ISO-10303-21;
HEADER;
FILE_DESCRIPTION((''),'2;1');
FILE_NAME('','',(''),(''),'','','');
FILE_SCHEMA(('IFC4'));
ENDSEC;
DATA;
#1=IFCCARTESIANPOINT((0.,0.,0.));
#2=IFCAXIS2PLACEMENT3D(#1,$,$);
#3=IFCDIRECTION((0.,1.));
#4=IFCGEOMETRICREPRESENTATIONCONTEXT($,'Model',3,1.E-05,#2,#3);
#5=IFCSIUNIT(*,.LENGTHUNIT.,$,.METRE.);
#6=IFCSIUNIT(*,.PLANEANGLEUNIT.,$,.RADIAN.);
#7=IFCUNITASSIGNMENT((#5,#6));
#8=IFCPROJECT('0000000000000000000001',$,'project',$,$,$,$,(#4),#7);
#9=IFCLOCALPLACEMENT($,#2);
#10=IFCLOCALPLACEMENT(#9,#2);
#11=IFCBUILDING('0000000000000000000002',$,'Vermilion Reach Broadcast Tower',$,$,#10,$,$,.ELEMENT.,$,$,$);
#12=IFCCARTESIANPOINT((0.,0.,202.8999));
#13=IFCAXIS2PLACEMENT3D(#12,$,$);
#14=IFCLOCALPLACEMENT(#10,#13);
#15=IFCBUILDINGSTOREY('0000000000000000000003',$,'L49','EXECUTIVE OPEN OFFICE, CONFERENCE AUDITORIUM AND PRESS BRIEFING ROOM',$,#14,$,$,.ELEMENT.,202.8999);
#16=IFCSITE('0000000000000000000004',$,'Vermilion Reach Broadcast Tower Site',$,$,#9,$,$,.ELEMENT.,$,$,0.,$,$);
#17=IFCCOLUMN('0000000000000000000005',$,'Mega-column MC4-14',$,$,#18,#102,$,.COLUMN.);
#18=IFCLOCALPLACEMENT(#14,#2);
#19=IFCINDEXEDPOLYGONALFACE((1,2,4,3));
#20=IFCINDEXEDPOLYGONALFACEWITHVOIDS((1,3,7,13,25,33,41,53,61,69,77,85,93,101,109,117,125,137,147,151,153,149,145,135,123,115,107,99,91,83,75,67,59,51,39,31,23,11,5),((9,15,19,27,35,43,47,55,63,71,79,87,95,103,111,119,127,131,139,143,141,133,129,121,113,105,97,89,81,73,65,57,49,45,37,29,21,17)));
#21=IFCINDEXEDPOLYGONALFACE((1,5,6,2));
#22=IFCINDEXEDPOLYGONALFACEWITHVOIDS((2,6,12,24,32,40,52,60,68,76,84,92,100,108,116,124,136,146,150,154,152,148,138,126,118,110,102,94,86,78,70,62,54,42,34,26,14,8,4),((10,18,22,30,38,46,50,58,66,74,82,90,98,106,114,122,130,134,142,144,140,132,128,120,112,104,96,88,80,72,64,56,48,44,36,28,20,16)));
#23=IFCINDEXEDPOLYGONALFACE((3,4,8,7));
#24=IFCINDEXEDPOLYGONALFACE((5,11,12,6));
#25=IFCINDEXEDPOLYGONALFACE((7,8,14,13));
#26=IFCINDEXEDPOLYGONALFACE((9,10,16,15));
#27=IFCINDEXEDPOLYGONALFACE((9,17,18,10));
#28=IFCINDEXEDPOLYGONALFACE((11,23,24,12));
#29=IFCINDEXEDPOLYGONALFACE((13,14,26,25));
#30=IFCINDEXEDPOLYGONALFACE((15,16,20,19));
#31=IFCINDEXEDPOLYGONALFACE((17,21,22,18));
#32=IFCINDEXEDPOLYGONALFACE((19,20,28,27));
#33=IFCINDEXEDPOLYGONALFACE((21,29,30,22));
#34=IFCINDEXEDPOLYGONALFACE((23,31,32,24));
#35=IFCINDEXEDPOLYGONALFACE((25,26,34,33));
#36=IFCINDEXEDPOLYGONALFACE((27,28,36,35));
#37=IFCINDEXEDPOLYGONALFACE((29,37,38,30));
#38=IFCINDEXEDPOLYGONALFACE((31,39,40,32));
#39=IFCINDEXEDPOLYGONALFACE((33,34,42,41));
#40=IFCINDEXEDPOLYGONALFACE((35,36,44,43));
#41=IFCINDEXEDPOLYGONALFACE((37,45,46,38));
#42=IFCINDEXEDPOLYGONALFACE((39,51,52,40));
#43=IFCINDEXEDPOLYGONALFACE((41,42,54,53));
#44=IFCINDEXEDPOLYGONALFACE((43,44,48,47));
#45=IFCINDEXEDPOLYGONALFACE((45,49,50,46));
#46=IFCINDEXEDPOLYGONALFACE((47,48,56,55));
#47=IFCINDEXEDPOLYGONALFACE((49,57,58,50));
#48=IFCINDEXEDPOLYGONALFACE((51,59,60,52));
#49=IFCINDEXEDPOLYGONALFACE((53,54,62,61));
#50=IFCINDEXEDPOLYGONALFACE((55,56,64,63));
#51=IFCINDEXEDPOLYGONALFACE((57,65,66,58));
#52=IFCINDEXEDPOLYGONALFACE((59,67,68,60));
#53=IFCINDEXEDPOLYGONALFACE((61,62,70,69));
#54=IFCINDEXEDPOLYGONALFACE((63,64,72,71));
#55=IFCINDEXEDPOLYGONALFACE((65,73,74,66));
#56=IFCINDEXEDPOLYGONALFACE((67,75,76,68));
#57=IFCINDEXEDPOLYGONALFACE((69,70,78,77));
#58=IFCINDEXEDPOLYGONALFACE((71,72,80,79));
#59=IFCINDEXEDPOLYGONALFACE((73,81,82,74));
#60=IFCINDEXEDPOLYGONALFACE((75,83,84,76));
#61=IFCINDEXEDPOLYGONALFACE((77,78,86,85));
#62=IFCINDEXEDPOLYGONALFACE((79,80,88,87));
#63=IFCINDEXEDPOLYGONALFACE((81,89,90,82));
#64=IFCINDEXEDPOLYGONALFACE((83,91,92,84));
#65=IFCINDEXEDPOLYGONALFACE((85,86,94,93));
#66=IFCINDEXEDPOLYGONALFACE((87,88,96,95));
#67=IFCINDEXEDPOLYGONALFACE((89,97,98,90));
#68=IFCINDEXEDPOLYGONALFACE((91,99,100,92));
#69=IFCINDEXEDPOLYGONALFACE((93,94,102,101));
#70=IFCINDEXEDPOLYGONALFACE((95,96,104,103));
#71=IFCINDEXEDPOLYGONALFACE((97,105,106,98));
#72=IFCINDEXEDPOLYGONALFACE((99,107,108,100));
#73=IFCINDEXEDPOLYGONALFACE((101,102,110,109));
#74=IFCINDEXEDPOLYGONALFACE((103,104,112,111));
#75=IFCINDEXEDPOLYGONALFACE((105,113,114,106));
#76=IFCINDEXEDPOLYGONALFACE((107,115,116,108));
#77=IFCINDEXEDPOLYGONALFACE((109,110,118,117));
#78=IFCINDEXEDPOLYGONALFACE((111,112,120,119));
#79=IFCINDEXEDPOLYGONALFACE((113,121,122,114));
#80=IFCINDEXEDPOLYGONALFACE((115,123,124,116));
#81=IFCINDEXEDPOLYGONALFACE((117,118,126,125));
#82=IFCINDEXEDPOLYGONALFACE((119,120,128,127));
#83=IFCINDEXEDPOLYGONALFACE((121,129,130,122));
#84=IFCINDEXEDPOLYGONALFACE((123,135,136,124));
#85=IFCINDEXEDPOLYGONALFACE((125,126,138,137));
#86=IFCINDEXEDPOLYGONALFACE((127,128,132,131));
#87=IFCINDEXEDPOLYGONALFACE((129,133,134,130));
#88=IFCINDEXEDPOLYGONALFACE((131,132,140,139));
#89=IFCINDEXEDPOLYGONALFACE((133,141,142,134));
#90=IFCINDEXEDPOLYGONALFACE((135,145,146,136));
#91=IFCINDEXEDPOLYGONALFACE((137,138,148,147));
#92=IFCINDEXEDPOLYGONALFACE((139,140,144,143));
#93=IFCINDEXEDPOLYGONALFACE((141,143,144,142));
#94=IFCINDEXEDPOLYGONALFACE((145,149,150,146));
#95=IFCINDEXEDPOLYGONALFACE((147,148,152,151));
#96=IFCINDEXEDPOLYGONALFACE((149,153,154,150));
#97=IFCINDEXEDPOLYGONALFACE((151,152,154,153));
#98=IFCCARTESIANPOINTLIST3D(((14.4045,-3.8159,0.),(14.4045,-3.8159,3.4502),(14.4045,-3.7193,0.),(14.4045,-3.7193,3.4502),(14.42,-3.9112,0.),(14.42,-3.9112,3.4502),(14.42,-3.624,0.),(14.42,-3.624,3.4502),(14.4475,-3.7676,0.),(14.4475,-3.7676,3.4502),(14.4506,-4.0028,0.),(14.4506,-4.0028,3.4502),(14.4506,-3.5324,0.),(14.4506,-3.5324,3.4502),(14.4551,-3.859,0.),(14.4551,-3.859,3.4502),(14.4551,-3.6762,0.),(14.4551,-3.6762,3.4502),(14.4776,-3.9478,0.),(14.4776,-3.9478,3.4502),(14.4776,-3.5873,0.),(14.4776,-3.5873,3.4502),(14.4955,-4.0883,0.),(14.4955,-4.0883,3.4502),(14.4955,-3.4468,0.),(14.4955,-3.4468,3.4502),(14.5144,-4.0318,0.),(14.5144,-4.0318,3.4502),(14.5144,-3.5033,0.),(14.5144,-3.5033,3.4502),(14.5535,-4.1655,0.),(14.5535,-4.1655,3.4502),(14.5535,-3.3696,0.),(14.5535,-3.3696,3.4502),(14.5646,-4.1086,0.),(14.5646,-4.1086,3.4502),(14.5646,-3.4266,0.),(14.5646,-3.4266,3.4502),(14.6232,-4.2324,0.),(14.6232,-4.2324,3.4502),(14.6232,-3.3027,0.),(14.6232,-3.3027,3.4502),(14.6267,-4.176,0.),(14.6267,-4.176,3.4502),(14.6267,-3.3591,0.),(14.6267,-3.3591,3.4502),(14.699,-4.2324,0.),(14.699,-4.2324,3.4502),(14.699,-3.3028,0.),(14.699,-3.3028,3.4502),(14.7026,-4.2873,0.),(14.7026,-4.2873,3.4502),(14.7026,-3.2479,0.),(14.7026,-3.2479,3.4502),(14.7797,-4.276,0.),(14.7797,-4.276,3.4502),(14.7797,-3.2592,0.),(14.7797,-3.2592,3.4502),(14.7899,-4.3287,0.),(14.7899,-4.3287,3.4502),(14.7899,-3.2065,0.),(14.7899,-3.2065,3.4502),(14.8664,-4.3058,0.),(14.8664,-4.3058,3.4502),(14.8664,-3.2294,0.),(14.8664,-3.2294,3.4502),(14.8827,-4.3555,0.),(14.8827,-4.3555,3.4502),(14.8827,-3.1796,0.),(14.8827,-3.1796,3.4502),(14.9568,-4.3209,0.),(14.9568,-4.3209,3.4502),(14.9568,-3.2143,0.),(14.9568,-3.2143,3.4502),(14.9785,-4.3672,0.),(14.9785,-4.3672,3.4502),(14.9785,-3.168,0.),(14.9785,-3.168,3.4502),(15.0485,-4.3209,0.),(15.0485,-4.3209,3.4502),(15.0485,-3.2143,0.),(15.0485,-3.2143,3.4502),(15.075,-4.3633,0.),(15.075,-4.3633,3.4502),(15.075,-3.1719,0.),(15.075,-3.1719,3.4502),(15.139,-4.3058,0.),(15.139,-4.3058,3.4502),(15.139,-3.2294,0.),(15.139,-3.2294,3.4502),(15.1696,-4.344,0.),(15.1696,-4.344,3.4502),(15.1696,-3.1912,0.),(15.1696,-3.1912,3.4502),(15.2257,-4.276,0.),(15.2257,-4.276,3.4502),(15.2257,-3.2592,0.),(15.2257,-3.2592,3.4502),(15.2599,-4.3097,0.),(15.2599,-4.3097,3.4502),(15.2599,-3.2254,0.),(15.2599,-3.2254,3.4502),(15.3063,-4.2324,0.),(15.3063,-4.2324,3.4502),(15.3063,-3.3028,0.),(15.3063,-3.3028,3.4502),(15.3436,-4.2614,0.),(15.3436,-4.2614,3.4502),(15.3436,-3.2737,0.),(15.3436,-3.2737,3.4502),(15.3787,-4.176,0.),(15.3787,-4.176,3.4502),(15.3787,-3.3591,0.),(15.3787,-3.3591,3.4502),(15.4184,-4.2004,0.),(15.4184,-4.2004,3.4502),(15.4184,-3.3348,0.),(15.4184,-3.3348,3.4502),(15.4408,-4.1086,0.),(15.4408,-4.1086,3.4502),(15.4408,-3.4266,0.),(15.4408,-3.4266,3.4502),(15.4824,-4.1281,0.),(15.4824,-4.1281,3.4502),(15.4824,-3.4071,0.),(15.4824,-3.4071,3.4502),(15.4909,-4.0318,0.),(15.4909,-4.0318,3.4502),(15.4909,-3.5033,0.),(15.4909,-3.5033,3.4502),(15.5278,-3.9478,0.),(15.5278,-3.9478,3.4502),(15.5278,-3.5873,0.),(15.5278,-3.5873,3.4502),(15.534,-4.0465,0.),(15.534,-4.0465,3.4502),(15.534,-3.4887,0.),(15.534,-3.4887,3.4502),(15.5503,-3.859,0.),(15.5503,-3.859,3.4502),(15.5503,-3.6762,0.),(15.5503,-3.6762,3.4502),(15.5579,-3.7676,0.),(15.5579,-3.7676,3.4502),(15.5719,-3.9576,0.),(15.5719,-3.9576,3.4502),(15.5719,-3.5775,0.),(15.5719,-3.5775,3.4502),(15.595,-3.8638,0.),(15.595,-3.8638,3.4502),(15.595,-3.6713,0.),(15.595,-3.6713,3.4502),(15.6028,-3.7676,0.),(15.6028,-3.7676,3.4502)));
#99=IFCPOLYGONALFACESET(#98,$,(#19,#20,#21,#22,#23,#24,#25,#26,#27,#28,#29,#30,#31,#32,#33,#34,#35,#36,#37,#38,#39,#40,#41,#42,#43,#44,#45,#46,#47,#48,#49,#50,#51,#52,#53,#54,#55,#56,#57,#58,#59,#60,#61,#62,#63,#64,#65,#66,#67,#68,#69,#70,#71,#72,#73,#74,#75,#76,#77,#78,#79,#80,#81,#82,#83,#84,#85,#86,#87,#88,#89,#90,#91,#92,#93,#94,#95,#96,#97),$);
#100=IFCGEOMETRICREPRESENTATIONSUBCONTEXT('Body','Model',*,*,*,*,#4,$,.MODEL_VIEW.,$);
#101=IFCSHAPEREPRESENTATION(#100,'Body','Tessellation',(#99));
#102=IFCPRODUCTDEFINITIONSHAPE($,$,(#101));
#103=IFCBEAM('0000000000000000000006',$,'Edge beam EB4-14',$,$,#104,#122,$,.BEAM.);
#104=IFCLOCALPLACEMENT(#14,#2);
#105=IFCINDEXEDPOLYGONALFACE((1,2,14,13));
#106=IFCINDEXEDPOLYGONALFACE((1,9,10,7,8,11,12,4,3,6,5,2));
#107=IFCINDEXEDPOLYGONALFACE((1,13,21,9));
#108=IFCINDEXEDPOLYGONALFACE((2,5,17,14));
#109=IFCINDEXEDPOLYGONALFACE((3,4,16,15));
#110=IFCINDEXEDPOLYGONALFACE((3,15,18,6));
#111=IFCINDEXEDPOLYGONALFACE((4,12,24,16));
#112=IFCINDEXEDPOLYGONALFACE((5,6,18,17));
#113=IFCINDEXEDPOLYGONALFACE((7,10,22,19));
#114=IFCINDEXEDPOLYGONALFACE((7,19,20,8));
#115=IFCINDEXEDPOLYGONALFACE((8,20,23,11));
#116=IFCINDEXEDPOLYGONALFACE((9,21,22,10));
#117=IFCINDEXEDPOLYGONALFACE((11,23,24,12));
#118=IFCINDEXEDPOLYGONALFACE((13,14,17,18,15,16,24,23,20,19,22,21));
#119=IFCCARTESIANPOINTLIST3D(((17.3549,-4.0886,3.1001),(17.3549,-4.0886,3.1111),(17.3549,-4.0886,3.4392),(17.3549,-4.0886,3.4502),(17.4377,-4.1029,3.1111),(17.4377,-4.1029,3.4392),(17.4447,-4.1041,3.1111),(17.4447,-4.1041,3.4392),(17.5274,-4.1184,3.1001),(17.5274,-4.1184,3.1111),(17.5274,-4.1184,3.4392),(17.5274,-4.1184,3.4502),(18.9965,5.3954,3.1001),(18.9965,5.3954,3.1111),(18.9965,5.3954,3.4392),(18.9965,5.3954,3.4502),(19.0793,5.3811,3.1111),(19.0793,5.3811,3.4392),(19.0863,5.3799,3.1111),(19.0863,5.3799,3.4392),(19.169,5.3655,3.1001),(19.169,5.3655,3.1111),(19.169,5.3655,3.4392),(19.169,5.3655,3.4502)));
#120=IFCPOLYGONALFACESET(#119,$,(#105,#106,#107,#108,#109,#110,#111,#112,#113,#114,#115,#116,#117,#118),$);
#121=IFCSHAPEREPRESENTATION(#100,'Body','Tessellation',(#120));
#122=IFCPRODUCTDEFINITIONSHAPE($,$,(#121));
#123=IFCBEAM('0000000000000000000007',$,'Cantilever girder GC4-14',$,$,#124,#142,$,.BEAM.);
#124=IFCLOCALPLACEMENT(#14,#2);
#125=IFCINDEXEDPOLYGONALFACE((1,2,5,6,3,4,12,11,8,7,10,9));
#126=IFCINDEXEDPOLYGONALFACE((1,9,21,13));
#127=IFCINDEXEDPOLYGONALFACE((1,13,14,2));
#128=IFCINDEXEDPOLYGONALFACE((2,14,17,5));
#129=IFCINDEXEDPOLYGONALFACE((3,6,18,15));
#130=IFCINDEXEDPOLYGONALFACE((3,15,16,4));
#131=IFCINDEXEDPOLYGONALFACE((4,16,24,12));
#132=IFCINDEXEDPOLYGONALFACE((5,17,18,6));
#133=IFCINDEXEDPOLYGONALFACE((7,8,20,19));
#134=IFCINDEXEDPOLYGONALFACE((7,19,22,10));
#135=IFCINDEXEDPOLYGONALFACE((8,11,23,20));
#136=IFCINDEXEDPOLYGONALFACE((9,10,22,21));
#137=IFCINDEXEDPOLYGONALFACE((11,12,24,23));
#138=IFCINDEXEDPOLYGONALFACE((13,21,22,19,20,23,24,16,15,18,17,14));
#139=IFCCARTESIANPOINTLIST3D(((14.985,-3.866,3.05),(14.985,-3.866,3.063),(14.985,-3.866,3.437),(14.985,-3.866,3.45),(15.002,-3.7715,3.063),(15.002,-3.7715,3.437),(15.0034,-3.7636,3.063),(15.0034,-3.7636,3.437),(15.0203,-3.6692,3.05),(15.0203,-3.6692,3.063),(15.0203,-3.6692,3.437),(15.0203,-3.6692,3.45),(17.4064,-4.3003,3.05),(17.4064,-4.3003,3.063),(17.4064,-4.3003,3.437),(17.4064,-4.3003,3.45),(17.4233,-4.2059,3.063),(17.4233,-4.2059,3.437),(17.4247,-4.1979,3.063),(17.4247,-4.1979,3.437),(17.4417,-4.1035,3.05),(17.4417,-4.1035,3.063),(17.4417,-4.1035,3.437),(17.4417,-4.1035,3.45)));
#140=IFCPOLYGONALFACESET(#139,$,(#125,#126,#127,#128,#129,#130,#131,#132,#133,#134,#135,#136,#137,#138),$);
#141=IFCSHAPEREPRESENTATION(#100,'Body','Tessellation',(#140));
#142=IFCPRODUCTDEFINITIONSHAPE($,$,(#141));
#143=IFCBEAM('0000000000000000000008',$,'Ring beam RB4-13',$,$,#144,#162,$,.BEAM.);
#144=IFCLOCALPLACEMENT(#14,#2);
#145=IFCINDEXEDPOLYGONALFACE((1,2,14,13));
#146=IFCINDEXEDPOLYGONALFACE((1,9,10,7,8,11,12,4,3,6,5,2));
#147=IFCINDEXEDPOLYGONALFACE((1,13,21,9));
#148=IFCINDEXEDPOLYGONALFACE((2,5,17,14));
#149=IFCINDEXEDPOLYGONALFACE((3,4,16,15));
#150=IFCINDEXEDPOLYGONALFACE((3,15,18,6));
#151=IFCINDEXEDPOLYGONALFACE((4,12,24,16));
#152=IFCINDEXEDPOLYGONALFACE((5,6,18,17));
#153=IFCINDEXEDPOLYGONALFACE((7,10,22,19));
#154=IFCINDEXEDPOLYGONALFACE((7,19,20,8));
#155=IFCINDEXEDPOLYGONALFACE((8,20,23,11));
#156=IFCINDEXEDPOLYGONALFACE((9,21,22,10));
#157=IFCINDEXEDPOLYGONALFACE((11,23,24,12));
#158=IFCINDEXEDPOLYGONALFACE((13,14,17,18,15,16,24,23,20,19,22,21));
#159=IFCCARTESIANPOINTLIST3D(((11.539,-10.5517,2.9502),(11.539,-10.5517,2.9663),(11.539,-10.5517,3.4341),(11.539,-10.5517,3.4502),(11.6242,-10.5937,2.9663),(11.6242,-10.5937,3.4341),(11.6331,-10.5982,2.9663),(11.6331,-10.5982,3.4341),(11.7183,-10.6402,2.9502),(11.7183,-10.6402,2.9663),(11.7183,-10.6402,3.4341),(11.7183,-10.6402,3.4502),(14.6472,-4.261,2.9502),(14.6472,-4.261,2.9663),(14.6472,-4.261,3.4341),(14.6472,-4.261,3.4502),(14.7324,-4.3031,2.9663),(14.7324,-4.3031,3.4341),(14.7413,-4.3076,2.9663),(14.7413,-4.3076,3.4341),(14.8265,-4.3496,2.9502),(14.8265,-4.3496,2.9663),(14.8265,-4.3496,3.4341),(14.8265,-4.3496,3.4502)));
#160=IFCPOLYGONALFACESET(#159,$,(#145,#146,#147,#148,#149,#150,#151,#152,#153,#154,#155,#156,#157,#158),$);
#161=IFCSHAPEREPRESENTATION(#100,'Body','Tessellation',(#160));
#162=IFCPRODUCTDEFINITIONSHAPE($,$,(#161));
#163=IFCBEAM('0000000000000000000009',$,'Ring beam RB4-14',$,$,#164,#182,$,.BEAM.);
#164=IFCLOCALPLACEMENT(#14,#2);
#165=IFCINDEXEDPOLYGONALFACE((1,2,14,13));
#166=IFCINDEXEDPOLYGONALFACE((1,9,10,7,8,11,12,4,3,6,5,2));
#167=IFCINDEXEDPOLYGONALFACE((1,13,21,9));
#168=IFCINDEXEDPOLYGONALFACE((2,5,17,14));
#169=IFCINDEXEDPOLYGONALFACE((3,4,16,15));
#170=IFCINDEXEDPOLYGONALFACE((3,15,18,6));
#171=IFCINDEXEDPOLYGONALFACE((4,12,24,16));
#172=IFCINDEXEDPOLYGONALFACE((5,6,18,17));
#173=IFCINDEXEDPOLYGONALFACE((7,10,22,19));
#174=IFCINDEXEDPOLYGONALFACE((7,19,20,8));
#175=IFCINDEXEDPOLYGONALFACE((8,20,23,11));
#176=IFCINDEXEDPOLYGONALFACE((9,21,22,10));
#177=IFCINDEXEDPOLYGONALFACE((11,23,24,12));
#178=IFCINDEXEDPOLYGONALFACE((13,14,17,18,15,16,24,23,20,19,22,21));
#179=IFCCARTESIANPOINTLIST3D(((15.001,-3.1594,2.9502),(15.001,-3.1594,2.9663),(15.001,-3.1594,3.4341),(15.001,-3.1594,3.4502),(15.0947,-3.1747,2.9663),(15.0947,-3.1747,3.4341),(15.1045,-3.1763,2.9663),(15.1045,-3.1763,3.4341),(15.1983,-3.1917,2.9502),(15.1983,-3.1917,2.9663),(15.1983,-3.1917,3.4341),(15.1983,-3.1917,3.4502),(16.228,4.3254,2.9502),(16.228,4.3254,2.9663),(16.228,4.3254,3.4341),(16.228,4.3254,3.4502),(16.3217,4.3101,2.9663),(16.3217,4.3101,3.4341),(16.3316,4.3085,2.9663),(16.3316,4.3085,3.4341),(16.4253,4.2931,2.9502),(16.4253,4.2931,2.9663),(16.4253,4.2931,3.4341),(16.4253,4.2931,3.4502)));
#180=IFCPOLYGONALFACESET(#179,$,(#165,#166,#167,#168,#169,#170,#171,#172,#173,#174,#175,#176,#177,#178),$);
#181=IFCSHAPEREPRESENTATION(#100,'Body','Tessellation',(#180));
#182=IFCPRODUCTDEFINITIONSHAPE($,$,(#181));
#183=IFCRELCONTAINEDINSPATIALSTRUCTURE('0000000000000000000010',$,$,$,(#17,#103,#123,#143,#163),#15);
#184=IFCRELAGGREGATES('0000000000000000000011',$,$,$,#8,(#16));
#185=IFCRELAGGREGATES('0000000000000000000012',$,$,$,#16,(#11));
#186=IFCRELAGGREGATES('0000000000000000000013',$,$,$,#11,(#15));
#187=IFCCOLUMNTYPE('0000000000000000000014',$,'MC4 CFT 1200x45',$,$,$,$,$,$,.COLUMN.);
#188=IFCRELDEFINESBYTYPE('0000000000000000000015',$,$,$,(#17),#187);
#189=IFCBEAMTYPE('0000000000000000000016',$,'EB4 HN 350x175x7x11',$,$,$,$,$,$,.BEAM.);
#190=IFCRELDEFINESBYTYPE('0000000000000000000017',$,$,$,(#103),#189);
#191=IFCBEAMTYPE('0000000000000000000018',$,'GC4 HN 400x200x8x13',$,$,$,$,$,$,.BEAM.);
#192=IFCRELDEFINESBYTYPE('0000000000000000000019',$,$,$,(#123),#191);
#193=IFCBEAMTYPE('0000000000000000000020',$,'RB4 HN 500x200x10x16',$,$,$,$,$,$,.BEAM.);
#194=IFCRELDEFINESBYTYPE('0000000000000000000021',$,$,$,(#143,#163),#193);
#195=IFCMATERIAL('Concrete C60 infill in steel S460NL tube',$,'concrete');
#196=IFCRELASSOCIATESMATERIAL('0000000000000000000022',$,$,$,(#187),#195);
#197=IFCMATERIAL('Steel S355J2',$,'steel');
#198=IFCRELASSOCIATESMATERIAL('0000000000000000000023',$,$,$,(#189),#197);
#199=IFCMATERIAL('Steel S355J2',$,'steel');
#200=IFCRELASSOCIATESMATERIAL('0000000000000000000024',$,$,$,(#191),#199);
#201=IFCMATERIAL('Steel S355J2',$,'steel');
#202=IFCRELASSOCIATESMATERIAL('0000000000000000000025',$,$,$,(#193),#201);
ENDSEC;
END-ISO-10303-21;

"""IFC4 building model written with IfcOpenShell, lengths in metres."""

from ifc_helpers import new_model, si_unit, direction, frame, origin, origin_2d, place, context, subcontext, project, spatial, hollow_circle, i_section, extrude, material, material_profile, profile_set, type_object, element, save


model = new_model("IFC4")

# Units and contexts
model_context = context("Model", 3, precision=1e-05, world=origin(), true_north=direction((0.0, 1.0)))
body_context = subcontext(model_context, "Body", "Model", "MODEL_VIEW")
ifc_project = project(units=[si_unit("LENGTHUNIT", "METRE"), si_unit("PLANEANGLEUNIT", "RADIAN")], contexts=[model_context])

# Site, building, storey
site_placement = place(None, origin())
site = spatial("IfcSite", under=ifc_project, at=site_placement, Name="Vermilion Reach Broadcast Tower Site", CompositionType="ELEMENT", RefElevation=0.0)
building_placement = place(site_placement, origin())
building = spatial("IfcBuilding", under=site, at=building_placement, Name="Vermilion Reach Broadcast Tower", CompositionType="ELEMENT")
storey_placement = place(building_placement, frame((0.0, 0.0, 202.8999)))
storey = spatial("IfcBuildingStorey", under=building, at=storey_placement, Name="L49", Description="EXECUTIVE OPEN OFFICE, CONFERENCE AUDITORIUM AND PRESS BRIEFING ROOM", CompositionType="ELEMENT", Elevation=202.8999)

# Column
ifc_material_1 = material(Name="Concrete C60 infill in steel S460NL tube", Category="concrete")
ifc_material_profile_1 = material_profile(ifc_material_1, hollow_circle(Radius=0.6001, WallThickness=0.0449, at=origin_2d()), Name="Concrete C60 infill in steel S460NL tube CFT 1200x45")
ifc_profile_set_1 = profile_set([ifc_material_profile_1], Name="Concrete C60 infill in steel S460NL tube")
column_type = type_object("IfcColumnType", Name="MC4 CFT 1200x45", PredefinedType="COLUMN", material=ifc_profile_set_1)
column_placement = place(storey_placement, frame((15.0027, -3.7676, 0.0), z_axis=(0.0, 0.0, 1.0), x_axis=(1.0, 0.0, 0.0)))
element("IfcColumn", 1, at=column_placement, inside=storey, type_object=column_type, Name="Mega-column MC4-14", PredefinedType="COLUMN", context=body_context, shape_type="SweptSolid", body=[
    extrude(hollow_circle(Radius=0.6001, WallThickness=0.0449, at=origin_2d()), origin(), (0.0, 0.0, 1.0), 3.4502),
])

# Beams
ifc_material_2 = material(Name="Steel S355J2", Category="steel")
ifc_material_profile_2 = material_profile(ifc_material_2, i_section(OverallWidth=0.175, OverallDepth=0.3501, WebThickness=0.0071, FlangeThickness=0.011, at=origin_2d()), Name="S355J2 HN 350x175x7x11")
ifc_profile_set_2 = profile_set([ifc_material_profile_2], Name="Steel S355J2")
beam_type_1 = type_object("IfcBeamType", Name="EB4 HN 350x175x7x11", PredefinedType="BEAM", material=ifc_profile_set_2)
beam_1_placement = place(storey_placement, frame((17.4412, -4.1035, 3.2751), z_axis=(0.170558, 0.985348, 0.0), x_axis=(-0.985348, 0.170558, 0.0)))
element("IfcBeam", 2, at=beam_1_placement, inside=storey, type_object=beam_type_1, Name="Edge beam EB4-14", PredefinedType="BEAM", context=body_context, shape_type="SweptSolid", body=[
    extrude(i_section(OverallWidth=0.175, OverallDepth=0.3501, WebThickness=0.0071, FlangeThickness=0.011, at=origin_2d()), origin(), (0.0, 0.0, 1.0), 9.625),
])
ifc_material_3 = material(Name="Steel S355J2", Category="steel")
ifc_material_profile_3 = material_profile(ifc_material_3, i_section(OverallWidth=0.2, OverallDepth=0.3999, WebThickness=0.0081, FlangeThickness=0.0129, at=origin_2d()), Name="S355J2 HN 400x200x8x13")
ifc_profile_set_3 = profile_set([ifc_material_profile_3], Name="Steel S355J2")
beam_type_2 = type_object("IfcBeamType", Name="GC4 HN 400x200x8x13", PredefinedType="BEAM", material=ifc_profile_set_3)
beam_2_placement = place(storey_placement, frame((15.0027, -3.7676, 3.25), z_axis=(0.984291, -0.176553, 0.0), x_axis=(0.176553, 0.984291, 0.0)))
element("IfcBeam", 3, at=beam_2_placement, inside=storey, type_object=beam_type_2, Name="Cantilever girder GC4-14", PredefinedType="BEAM", context=body_context, shape_type="SweptSolid", body=[
    extrude(i_section(OverallWidth=0.2, OverallDepth=0.3999, WebThickness=0.0081, FlangeThickness=0.0129, at=origin_2d()), origin(), (0.0, 0.0, 1.0), 2.46),
])
ifc_material_4 = material(Name="Steel S355J2", Category="steel")
ifc_material_profile_4 = material_profile(ifc_material_4, i_section(OverallWidth=0.2, OverallDepth=0.5, WebThickness=0.01, FlangeThickness=0.0161, at=origin_2d()), Name="S355J2 HN 500x200x10x16")
ifc_profile_set_4 = profile_set([ifc_material_profile_4], Name="Steel S355J2")
beam_type_3 = type_object("IfcBeamType", Name="RB4 HN 500x200x10x16", PredefinedType="BEAM", material=ifc_profile_set_4)
beam_3_placement = place(storey_placement, frame((11.6287, -10.5959, 3.2002), z_axis=(0.442977, 0.896533, 0.0), x_axis=(-0.896533, 0.442977, 0.0)))
element("IfcBeam", 4, at=beam_3_placement, inside=storey, type_object=beam_type_3, Name="Ring beam RB4-13", PredefinedType="BEAM", context=body_context, shape_type="SweptSolid", body=[
    extrude(i_section(OverallWidth=0.2, OverallDepth=0.5, WebThickness=0.01, FlangeThickness=0.0161, at=origin_2d()), origin(), (0.0, 0.0, 1.0), 7.0166),
])
beam_4_placement = place(storey_placement, frame((15.0996, -3.1755, 3.2002), z_axis=(0.161778, 0.986827, 0.0), x_axis=(-0.986827, 0.161778, 0.0)))
element("IfcBeam", 5, at=beam_4_placement, inside=storey, type_object=beam_type_3, Name="Ring beam RB4-14", PredefinedType="BEAM", context=body_context, shape_type="SweptSolid", body=[
    extrude(i_section(OverallWidth=0.2, OverallDepth=0.5, WebThickness=0.01, FlangeThickness=0.0161, at=origin_2d()), origin(), (0.0, 0.0, 1.0), 7.5847),
])

save(model, "model.ifc")
